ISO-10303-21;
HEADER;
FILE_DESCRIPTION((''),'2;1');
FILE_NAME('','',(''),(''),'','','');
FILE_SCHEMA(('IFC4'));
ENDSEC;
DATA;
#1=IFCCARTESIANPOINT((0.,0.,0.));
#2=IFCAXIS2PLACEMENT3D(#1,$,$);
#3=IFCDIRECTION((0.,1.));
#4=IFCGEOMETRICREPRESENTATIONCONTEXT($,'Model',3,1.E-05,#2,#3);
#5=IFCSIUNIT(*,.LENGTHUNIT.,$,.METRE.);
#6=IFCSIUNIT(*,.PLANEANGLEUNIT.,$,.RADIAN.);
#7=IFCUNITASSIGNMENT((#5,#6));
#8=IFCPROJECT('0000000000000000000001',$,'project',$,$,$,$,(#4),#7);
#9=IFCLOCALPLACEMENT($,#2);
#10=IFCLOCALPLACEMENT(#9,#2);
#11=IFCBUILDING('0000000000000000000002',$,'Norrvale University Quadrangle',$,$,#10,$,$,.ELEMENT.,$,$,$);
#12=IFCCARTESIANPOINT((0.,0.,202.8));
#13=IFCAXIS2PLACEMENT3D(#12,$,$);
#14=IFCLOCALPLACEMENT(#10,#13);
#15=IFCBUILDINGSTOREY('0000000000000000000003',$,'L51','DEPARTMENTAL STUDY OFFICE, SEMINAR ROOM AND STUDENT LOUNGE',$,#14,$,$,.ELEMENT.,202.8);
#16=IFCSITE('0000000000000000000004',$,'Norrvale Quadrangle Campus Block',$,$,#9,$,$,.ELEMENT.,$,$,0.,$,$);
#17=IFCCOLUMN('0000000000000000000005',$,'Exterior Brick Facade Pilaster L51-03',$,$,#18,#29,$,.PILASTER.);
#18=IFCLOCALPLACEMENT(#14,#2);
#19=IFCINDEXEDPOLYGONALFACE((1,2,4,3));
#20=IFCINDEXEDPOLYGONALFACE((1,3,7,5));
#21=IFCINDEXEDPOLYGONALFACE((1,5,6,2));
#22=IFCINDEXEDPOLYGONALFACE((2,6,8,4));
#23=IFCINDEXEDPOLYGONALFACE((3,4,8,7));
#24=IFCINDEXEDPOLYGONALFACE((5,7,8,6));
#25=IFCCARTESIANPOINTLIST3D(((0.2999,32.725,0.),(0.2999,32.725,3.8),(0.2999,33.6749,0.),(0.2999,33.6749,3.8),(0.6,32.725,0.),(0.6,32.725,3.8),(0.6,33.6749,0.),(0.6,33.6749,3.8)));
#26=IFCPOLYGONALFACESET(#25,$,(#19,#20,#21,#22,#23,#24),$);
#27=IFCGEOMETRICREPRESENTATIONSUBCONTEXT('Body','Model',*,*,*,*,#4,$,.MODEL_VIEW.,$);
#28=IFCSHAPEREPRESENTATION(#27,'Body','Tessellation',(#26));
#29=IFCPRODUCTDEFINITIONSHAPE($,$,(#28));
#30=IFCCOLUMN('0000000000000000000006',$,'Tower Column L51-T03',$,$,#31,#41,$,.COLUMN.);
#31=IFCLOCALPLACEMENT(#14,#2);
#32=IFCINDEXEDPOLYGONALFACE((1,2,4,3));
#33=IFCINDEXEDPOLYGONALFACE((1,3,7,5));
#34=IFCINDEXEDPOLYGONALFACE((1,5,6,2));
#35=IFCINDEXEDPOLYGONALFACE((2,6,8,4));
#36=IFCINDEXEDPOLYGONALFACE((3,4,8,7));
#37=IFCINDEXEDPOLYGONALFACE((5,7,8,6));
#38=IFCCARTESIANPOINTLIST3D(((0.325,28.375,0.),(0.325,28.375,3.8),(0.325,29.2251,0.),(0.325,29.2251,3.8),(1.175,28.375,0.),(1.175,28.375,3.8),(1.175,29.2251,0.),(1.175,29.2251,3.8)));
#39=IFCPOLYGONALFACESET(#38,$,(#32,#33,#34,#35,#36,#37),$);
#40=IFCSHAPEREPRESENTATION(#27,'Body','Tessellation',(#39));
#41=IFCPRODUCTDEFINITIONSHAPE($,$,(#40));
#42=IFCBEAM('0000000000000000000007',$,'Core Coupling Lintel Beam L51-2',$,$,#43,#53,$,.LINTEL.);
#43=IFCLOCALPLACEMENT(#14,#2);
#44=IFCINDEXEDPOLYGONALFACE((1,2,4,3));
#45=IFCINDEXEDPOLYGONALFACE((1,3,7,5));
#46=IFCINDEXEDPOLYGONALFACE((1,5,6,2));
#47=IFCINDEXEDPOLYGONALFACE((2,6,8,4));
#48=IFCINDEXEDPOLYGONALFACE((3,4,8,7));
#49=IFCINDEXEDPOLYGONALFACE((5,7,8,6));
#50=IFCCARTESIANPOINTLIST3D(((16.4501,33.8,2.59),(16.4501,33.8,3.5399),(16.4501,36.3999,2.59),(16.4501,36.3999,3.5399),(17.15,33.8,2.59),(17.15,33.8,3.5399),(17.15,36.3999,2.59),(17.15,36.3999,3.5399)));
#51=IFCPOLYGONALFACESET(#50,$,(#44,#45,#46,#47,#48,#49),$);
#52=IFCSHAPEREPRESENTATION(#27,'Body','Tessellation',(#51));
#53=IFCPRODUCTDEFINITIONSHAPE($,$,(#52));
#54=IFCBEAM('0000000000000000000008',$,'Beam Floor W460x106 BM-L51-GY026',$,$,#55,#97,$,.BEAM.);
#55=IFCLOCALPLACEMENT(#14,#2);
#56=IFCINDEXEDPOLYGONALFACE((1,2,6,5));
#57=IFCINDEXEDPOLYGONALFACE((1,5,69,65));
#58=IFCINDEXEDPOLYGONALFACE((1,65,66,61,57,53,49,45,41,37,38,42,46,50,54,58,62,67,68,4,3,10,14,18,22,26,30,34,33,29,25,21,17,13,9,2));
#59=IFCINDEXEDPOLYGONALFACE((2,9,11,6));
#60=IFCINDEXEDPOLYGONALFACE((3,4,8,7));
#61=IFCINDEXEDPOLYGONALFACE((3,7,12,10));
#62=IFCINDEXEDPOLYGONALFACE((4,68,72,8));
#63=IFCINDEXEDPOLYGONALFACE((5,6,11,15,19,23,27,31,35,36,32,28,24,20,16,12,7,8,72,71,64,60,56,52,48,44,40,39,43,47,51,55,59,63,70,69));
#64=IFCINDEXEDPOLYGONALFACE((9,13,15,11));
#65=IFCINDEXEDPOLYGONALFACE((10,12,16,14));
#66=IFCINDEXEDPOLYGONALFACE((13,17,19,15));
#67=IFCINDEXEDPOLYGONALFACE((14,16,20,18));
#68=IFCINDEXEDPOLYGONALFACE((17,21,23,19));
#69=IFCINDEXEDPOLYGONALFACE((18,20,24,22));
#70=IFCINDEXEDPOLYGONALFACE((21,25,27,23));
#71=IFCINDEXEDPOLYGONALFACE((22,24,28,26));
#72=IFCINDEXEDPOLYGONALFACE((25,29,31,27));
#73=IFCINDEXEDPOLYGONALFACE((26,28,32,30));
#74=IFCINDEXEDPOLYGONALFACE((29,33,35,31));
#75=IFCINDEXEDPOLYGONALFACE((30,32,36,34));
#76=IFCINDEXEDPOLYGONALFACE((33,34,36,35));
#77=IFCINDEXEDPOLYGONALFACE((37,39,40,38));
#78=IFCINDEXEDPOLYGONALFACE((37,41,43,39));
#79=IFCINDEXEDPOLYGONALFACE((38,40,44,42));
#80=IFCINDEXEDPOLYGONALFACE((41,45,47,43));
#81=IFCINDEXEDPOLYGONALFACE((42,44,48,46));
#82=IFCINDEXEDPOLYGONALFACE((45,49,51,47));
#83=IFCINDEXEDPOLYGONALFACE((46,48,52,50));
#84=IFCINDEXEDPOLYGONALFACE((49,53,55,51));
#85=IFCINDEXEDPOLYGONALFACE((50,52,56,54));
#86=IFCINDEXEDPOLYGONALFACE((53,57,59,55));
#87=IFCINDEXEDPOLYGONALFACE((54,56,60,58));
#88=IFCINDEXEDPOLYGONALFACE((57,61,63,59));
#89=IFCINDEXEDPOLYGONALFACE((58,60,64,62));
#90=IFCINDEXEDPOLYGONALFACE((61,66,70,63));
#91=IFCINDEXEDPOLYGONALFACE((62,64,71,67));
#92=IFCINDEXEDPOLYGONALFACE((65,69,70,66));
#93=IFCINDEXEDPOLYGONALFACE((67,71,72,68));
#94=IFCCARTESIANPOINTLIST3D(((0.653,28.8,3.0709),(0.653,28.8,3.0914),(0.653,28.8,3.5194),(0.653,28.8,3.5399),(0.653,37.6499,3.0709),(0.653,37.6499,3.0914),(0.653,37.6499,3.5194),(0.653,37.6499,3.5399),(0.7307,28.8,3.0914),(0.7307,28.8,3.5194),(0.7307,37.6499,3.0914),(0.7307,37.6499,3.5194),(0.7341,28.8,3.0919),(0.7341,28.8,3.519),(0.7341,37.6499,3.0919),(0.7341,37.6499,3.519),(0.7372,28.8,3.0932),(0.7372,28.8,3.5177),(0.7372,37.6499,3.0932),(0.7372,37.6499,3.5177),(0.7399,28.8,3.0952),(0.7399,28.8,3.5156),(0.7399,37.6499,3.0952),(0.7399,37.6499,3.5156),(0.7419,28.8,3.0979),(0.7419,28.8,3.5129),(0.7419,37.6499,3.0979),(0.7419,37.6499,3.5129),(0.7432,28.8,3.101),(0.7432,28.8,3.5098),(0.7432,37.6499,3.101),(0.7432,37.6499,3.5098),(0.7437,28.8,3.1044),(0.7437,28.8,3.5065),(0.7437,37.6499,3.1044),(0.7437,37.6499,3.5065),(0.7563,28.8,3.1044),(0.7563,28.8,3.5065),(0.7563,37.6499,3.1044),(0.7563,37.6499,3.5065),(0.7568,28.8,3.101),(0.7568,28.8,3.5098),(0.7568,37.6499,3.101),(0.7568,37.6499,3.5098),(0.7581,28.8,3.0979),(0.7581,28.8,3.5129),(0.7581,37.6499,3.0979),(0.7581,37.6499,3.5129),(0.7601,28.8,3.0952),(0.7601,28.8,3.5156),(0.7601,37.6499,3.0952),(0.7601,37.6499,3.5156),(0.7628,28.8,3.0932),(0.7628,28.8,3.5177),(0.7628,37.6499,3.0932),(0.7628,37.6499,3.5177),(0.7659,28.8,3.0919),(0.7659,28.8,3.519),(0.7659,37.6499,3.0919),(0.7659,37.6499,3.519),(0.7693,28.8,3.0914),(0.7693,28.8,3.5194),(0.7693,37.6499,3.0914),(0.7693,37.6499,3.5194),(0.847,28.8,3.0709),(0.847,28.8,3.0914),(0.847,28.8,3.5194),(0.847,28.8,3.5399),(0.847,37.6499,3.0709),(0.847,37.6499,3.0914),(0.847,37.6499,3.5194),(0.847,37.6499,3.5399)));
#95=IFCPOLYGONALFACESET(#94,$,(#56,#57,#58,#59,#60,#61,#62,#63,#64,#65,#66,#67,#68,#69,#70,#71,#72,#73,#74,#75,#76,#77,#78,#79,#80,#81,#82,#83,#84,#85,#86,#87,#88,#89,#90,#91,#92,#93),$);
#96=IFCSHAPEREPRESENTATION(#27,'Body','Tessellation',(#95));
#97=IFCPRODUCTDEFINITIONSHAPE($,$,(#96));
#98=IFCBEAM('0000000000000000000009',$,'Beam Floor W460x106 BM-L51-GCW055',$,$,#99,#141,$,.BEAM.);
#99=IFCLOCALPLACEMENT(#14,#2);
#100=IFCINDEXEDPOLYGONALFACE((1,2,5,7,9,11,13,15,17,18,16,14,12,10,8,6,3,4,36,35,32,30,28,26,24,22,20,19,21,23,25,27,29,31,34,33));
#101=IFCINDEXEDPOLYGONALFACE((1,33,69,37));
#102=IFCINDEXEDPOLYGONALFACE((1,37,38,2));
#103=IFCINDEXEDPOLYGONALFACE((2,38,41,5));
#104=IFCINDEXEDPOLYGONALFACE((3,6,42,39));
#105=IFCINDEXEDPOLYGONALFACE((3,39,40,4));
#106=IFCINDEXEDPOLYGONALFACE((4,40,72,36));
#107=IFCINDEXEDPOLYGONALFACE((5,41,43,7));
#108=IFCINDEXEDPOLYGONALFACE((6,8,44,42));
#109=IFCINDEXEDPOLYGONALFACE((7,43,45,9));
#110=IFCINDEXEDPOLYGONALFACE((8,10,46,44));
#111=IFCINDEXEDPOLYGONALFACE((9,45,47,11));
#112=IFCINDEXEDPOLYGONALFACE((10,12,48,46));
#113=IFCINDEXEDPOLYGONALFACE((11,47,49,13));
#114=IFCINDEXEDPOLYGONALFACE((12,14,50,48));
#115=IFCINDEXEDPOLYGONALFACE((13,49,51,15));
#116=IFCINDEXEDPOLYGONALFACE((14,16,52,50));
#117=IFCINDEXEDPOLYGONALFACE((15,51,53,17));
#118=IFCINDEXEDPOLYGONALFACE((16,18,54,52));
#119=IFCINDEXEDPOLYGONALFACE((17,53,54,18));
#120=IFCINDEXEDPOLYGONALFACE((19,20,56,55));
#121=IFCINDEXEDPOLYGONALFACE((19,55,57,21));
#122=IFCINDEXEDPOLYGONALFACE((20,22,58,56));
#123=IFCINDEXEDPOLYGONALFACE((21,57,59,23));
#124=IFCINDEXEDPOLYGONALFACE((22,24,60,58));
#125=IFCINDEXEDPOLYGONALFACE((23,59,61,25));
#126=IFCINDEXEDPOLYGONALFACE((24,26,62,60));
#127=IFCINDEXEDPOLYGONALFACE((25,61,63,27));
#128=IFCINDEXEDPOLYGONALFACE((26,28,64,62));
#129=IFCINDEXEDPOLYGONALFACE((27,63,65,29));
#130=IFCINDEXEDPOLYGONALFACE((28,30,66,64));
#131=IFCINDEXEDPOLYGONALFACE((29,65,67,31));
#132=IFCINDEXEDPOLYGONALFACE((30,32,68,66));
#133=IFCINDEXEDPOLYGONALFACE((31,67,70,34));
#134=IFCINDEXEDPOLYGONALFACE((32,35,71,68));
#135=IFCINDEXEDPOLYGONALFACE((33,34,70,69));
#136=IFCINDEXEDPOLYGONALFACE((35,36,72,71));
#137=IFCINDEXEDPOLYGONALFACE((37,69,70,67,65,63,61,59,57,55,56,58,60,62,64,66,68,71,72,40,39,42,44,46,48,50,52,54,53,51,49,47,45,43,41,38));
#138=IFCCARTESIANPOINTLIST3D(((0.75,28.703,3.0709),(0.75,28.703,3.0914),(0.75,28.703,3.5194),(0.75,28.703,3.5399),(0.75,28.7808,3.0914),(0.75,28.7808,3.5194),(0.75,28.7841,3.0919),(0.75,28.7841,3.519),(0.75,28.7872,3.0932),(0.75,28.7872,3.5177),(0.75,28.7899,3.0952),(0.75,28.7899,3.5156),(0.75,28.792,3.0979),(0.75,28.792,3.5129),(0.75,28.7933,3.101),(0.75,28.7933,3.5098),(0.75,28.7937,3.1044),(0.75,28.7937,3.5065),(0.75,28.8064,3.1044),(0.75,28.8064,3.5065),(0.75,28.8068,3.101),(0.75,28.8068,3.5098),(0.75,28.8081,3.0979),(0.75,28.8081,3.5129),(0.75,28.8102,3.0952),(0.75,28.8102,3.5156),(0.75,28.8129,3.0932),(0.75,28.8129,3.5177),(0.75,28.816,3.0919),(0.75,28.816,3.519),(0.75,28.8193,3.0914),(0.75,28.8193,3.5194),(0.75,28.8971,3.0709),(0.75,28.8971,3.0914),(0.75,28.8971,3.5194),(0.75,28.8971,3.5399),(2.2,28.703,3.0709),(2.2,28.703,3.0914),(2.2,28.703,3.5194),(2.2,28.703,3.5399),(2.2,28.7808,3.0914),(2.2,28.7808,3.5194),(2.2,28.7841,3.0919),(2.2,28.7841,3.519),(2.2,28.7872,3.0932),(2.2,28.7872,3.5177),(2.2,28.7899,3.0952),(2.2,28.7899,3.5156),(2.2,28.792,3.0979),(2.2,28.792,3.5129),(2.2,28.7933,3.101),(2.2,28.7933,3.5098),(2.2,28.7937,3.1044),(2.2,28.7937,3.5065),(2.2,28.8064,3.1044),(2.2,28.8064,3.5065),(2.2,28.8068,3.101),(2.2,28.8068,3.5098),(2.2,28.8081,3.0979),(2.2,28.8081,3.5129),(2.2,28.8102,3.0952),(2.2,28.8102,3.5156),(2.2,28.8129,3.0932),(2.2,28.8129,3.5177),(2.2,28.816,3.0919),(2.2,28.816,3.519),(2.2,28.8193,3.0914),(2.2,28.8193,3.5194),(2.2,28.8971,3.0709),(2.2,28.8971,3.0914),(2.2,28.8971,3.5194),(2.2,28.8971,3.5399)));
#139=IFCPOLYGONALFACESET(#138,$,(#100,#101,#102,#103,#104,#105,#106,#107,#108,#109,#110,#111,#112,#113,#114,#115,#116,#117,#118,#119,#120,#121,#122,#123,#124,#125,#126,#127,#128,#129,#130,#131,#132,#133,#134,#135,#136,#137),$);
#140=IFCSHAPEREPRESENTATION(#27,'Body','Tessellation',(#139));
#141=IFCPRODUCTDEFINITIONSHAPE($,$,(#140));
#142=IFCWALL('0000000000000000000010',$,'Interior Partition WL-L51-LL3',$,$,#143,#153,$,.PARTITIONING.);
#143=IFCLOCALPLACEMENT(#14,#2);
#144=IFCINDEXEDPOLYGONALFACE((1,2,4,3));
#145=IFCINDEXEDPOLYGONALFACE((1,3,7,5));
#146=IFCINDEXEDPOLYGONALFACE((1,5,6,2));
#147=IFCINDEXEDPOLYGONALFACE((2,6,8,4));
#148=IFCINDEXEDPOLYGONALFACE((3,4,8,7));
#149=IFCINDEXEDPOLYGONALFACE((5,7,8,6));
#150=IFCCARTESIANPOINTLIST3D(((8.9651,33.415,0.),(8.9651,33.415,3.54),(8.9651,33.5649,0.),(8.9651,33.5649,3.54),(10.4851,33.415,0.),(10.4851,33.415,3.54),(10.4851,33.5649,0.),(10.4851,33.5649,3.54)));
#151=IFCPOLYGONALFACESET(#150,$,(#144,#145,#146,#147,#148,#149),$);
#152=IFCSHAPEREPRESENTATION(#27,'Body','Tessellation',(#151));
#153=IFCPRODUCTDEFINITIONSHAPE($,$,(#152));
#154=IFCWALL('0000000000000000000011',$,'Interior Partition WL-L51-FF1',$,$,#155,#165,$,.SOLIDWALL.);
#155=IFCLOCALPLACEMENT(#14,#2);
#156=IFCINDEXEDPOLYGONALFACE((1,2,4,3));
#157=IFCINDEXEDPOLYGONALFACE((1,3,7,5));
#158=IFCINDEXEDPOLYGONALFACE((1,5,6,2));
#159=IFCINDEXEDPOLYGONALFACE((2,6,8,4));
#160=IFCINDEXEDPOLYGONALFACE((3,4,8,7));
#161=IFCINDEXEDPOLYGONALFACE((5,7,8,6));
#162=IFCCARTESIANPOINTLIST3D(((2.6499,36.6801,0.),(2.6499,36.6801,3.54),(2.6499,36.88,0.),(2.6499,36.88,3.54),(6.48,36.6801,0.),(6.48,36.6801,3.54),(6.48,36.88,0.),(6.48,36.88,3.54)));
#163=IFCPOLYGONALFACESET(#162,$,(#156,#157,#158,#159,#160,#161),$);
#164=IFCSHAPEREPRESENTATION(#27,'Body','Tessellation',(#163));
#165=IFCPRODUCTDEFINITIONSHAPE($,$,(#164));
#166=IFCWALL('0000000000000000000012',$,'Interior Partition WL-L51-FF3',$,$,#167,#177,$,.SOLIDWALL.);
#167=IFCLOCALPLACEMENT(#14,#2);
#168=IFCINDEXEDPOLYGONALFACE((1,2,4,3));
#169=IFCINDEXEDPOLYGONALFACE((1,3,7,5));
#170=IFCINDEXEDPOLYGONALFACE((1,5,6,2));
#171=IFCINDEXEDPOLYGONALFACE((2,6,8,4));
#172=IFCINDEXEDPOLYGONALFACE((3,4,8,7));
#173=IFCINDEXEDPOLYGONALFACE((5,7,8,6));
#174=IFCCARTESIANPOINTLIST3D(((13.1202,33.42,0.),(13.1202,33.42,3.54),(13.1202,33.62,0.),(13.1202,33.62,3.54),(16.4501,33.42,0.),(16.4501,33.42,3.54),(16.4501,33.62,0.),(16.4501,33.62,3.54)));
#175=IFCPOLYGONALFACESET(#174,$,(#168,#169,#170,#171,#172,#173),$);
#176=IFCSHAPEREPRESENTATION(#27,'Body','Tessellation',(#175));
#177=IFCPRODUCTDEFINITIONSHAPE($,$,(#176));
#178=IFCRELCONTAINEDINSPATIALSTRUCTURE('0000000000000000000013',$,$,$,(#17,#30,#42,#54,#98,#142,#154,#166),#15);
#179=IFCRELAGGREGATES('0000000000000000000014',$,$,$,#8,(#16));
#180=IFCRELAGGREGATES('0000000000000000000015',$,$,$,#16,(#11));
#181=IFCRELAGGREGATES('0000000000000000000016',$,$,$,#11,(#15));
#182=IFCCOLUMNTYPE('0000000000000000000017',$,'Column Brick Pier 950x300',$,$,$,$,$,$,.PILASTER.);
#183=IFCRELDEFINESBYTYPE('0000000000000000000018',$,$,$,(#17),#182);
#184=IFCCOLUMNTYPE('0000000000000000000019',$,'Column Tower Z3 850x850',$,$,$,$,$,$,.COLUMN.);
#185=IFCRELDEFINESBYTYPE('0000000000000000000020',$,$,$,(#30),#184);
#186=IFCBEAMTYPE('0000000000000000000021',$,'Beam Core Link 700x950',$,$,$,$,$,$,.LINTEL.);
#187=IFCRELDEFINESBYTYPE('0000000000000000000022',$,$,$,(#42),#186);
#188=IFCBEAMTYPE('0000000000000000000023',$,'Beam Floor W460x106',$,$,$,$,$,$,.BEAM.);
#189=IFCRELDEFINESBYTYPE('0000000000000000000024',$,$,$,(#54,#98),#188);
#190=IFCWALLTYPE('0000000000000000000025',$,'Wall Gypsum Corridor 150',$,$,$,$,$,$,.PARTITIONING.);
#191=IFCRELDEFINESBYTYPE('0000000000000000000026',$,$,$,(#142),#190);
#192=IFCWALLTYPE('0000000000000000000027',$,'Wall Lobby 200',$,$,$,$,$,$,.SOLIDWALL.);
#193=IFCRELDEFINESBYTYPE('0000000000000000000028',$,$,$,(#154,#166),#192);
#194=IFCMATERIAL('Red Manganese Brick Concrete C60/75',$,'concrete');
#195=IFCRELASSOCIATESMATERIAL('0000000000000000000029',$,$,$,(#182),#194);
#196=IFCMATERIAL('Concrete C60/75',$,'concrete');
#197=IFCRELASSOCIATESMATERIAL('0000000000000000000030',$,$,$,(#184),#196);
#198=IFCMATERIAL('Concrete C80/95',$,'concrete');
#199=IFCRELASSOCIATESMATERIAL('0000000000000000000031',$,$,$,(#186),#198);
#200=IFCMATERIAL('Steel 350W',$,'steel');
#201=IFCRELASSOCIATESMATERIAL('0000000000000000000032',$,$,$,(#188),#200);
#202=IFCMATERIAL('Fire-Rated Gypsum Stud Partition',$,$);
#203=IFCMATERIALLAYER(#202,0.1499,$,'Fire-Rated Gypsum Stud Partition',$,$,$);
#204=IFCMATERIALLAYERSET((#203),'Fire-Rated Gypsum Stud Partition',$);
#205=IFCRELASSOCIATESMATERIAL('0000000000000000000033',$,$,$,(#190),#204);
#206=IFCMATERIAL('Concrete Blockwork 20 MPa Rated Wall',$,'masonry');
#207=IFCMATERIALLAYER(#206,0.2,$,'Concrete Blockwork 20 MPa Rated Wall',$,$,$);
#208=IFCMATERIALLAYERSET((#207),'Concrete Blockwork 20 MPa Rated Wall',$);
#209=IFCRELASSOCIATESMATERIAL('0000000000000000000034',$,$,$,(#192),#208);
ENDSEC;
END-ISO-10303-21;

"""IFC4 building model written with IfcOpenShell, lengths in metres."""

from ifc_helpers import new_model, si_unit, direction, frame, frame_2d, origin, origin_2d, place, context, subcontext, project, spatial, rectangle, i_section, extrude, material, layer, layer_set, material_profile, profile_set, type_object, element, save


model = new_model("IFC4")

# Units and contexts
model_context = context("Model", 3, precision=1e-05, world=origin(), true_north=direction((0.0, 1.0)))
body_context = subcontext(model_context, "Body", "Model", "MODEL_VIEW")
ifc_project = project(units=[si_unit("LENGTHUNIT", "METRE"), si_unit("PLANEANGLEUNIT", "RADIAN")], contexts=[model_context])

# Site, building, storey
site_placement = place(None, origin())
site = spatial("IfcSite", under=ifc_project, at=site_placement, Name="Norrvale Quadrangle Campus Block", CompositionType="ELEMENT", RefElevation=0.0)
building_placement = place(site_placement, origin())
building = spatial("IfcBuilding", under=site, at=building_placement, Name="Norrvale University Quadrangle", CompositionType="ELEMENT")
storey_placement = place(building_placement, frame((0.0, 0.0, 202.8)))
storey = spatial("IfcBuildingStorey", under=building, at=storey_placement, Name="L51", Description="DEPARTMENTAL STUDY OFFICE, SEMINAR ROOM AND STUDENT LOUNGE", CompositionType="ELEMENT", Elevation=202.8)

# Columns
ifc_material_1 = material(Name="Red Manganese Brick Concrete C60/75", Category="concrete")
ifc_material_profile_1 = material_profile(ifc_material_1, rectangle(XDim=0.95, YDim=0.3, at=origin_2d()), Name="Red Manganese Brick Concrete C60/75")
ifc_profile_set_1 = profile_set([ifc_material_profile_1], Name="Red Manganese Brick Concrete C60/75")
column_type_1 = type_object("IfcColumnType", Name="Column Brick Pier 950x300", PredefinedType="PILASTER", material=ifc_profile_set_1)
column_1_placement = place(storey_placement, frame((0.45, 33.2, 0.0), z_axis=(0.0, 0.0, 1.0), x_axis=(0.0, 1.0, 0.0)))
element("IfcColumn", 1, at=column_1_placement, inside=storey, type_object=column_type_1, Name="Exterior Brick Facade Pilaster L51-03", PredefinedType="PILASTER", context=body_context, shape_type="SweptSolid", body=[
    extrude(rectangle(XDim=0.95, YDim=0.3, at=origin_2d()), origin(), (0.0, 0.0, 1.0), 3.8),
])
ifc_material_2 = material(Name="Concrete C60/75", Category="concrete")
ifc_material_profile_2 = material_profile(ifc_material_2, rectangle(XDim=0.8501, YDim=0.8501, at=origin_2d()), Name="Concrete C60/75")
ifc_profile_set_2 = profile_set([ifc_material_profile_2], Name="Concrete C60/75")
column_type_2 = type_object("IfcColumnType", Name="Column Tower Z3 850x850", PredefinedType="COLUMN", material=ifc_profile_set_2)
column_2_placement = place(storey_placement, frame((0.75, 28.8, 0.0), z_axis=(0.0, 0.0, 1.0), x_axis=(1.0, 0.0, 0.0)))
element("IfcColumn", 2, at=column_2_placement, inside=storey, type_object=column_type_2, Name="Tower Column L51-T03", PredefinedType="COLUMN", context=body_context, shape_type="SweptSolid", body=[
    extrude(rectangle(XDim=0.8501, YDim=0.8501, at=origin_2d()), origin(), (0.0, 0.0, 1.0), 3.8),
])

# Beams
ifc_material_3 = material(Name="Concrete C80/95", Category="concrete")
ifc_material_profile_3 = material_profile(ifc_material_3, rectangle(XDim=0.7, YDim=0.95, at=origin_2d()), Name="Concrete C80/95")
ifc_profile_set_3 = profile_set([ifc_material_profile_3], Name="Concrete C80/95")
beam_type_1 = type_object("IfcBeamType", Name="Beam Core Link 700x950", PredefinedType="LINTEL", material=ifc_profile_set_3)
beam_1_placement = place(storey_placement, frame((16.8, 33.8, 3.0649), z_axis=(0.0, 1.0, 0.0), x_axis=(-1.0, 0.0, 0.0)))
element("IfcBeam", 3, at=beam_1_placement, inside=storey, type_object=beam_type_1, Name="Core Coupling Lintel Beam L51-2", PredefinedType="LINTEL", context=body_context, shape_type="SweptSolid", body=[
    extrude(rectangle(XDim=0.7, YDim=0.95, at=origin_2d()), origin(), (0.0, 0.0, 1.0), 2.5999),
])
ifc_material_4 = material(Name="Steel 350W", Category="steel")
ifc_material_profile_4 = material_profile(ifc_material_4, i_section(OverallWidth=0.1941, OverallDepth=0.469, WebThickness=0.0127, FlangeThickness=0.0205, FilletRadius=0.0129, at=origin_2d()), Name="Steel 350W")
ifc_profile_set_4 = profile_set([ifc_material_profile_4], Name="Steel 350W")
beam_type_2 = type_object("IfcBeamType", Name="Beam Floor W460x106", PredefinedType="BEAM", material=ifc_profile_set_4)
beam_2_placement = place(storey_placement, frame((0.75, 28.8, 3.3054), z_axis=(0.0, 1.0, 0.0), x_axis=(-1.0, 0.0, 0.0)))
element("IfcBeam", 4, at=beam_2_placement, inside=storey, type_object=beam_type_2, Name="Beam Floor W460x106 BM-L51-GY026", PredefinedType="BEAM", context=body_context, shape_type="SweptSolid", body=[
    extrude(i_section(OverallWidth=0.1941, OverallDepth=0.469, WebThickness=0.0127, FlangeThickness=0.0205, FilletRadius=0.0129, at=origin_2d()), origin(), (0.0, 0.0, 1.0), 8.8499),
])
beam_3_placement = place(storey_placement, frame((0.75, 28.8, 3.3054), z_axis=(1.0, 0.0, 0.0), x_axis=(0.0, 1.0, 0.0)))
element("IfcBeam", 5, at=beam_3_placement, inside=storey, type_object=beam_type_2, Name="Beam Floor W460x106 BM-L51-GCW055", PredefinedType="BEAM", context=body_context, shape_type="SweptSolid", body=[
    extrude(i_section(OverallWidth=0.1941, OverallDepth=0.469, WebThickness=0.0127, FlangeThickness=0.0205, FilletRadius=0.0129, at=origin_2d()), origin(), (0.0, 0.0, 1.0), 1.45),
])

# Walls
ifc_material_5 = material(Name="Fire-Rated Gypsum Stud Partition")
ifc_layer_1 = layer(ifc_material_5, 0.1499, Name="Fire-Rated Gypsum Stud Partition")
ifc_layer_set_1 = layer_set([ifc_layer_1], Name="Fire-Rated Gypsum Stud Partition")
wall_type_1 = type_object("IfcWallType", Name="Wall Gypsum Corridor 150", PredefinedType="PARTITIONING", material=ifc_layer_set_1)
wall_1_placement = place(storey_placement, frame((8.9651, 33.49, 0.0), z_axis=(0.0, 0.0, 1.0), x_axis=(1.0, 0.0, 0.0)))
element("IfcWall", 6, at=wall_1_placement, inside=storey, type_object=wall_type_1, Name="Interior Partition WL-L51-LL3", PredefinedType="PARTITIONING", context=body_context, shape_type="SweptSolid", body=[
    extrude(rectangle(XDim=1.52, YDim=0.1499, at=frame_2d((0.76, 0.0))), origin(), (0.0, 0.0, 1.0), 3.54),
])
ifc_material_6 = material(Name="Concrete Blockwork 20 MPa Rated Wall", Category="masonry")
ifc_layer_2 = layer(ifc_material_6, 0.2, Name="Concrete Blockwork 20 MPa Rated Wall")
ifc_layer_set_2 = layer_set([ifc_layer_2], Name="Concrete Blockwork 20 MPa Rated Wall")
wall_type_2 = type_object("IfcWallType", Name="Wall Lobby 200", PredefinedType="SOLIDWALL", material=ifc_layer_set_2)
wall_2_placement = place(storey_placement, frame((2.6499, 36.78, 0.0), z_axis=(0.0, 0.0, 1.0), x_axis=(1.0, 0.0, 0.0)))
element("IfcWall", 7, at=wall_2_placement, inside=storey, type_object=wall_type_2, Name="Interior Partition WL-L51-FF1", PredefinedType="SOLIDWALL", context=body_context, shape_type="SweptSolid", body=[
    extrude(rectangle(XDim=3.8301, YDim=0.2, at=frame_2d((1.915, 0.0))), origin(), (0.0, 0.0, 1.0), 3.54),
])
wall_3_placement = place(storey_placement, frame((13.1201, 33.52, 0.0), z_axis=(0.0, 0.0, 1.0), x_axis=(1.0, 0.0, 0.0)))
element("IfcWall", 8, at=wall_3_placement, inside=storey, type_object=wall_type_2, Name="Interior Partition WL-L51-FF3", PredefinedType="SOLIDWALL", context=body_context, shape_type="SweptSolid", body=[
    extrude(rectangle(XDim=3.3298, YDim=0.2, at=frame_2d((1.665, 0.0))), origin(), (0.0, 0.0, 1.0), 3.54),
])

save(model, "model.ifc")
